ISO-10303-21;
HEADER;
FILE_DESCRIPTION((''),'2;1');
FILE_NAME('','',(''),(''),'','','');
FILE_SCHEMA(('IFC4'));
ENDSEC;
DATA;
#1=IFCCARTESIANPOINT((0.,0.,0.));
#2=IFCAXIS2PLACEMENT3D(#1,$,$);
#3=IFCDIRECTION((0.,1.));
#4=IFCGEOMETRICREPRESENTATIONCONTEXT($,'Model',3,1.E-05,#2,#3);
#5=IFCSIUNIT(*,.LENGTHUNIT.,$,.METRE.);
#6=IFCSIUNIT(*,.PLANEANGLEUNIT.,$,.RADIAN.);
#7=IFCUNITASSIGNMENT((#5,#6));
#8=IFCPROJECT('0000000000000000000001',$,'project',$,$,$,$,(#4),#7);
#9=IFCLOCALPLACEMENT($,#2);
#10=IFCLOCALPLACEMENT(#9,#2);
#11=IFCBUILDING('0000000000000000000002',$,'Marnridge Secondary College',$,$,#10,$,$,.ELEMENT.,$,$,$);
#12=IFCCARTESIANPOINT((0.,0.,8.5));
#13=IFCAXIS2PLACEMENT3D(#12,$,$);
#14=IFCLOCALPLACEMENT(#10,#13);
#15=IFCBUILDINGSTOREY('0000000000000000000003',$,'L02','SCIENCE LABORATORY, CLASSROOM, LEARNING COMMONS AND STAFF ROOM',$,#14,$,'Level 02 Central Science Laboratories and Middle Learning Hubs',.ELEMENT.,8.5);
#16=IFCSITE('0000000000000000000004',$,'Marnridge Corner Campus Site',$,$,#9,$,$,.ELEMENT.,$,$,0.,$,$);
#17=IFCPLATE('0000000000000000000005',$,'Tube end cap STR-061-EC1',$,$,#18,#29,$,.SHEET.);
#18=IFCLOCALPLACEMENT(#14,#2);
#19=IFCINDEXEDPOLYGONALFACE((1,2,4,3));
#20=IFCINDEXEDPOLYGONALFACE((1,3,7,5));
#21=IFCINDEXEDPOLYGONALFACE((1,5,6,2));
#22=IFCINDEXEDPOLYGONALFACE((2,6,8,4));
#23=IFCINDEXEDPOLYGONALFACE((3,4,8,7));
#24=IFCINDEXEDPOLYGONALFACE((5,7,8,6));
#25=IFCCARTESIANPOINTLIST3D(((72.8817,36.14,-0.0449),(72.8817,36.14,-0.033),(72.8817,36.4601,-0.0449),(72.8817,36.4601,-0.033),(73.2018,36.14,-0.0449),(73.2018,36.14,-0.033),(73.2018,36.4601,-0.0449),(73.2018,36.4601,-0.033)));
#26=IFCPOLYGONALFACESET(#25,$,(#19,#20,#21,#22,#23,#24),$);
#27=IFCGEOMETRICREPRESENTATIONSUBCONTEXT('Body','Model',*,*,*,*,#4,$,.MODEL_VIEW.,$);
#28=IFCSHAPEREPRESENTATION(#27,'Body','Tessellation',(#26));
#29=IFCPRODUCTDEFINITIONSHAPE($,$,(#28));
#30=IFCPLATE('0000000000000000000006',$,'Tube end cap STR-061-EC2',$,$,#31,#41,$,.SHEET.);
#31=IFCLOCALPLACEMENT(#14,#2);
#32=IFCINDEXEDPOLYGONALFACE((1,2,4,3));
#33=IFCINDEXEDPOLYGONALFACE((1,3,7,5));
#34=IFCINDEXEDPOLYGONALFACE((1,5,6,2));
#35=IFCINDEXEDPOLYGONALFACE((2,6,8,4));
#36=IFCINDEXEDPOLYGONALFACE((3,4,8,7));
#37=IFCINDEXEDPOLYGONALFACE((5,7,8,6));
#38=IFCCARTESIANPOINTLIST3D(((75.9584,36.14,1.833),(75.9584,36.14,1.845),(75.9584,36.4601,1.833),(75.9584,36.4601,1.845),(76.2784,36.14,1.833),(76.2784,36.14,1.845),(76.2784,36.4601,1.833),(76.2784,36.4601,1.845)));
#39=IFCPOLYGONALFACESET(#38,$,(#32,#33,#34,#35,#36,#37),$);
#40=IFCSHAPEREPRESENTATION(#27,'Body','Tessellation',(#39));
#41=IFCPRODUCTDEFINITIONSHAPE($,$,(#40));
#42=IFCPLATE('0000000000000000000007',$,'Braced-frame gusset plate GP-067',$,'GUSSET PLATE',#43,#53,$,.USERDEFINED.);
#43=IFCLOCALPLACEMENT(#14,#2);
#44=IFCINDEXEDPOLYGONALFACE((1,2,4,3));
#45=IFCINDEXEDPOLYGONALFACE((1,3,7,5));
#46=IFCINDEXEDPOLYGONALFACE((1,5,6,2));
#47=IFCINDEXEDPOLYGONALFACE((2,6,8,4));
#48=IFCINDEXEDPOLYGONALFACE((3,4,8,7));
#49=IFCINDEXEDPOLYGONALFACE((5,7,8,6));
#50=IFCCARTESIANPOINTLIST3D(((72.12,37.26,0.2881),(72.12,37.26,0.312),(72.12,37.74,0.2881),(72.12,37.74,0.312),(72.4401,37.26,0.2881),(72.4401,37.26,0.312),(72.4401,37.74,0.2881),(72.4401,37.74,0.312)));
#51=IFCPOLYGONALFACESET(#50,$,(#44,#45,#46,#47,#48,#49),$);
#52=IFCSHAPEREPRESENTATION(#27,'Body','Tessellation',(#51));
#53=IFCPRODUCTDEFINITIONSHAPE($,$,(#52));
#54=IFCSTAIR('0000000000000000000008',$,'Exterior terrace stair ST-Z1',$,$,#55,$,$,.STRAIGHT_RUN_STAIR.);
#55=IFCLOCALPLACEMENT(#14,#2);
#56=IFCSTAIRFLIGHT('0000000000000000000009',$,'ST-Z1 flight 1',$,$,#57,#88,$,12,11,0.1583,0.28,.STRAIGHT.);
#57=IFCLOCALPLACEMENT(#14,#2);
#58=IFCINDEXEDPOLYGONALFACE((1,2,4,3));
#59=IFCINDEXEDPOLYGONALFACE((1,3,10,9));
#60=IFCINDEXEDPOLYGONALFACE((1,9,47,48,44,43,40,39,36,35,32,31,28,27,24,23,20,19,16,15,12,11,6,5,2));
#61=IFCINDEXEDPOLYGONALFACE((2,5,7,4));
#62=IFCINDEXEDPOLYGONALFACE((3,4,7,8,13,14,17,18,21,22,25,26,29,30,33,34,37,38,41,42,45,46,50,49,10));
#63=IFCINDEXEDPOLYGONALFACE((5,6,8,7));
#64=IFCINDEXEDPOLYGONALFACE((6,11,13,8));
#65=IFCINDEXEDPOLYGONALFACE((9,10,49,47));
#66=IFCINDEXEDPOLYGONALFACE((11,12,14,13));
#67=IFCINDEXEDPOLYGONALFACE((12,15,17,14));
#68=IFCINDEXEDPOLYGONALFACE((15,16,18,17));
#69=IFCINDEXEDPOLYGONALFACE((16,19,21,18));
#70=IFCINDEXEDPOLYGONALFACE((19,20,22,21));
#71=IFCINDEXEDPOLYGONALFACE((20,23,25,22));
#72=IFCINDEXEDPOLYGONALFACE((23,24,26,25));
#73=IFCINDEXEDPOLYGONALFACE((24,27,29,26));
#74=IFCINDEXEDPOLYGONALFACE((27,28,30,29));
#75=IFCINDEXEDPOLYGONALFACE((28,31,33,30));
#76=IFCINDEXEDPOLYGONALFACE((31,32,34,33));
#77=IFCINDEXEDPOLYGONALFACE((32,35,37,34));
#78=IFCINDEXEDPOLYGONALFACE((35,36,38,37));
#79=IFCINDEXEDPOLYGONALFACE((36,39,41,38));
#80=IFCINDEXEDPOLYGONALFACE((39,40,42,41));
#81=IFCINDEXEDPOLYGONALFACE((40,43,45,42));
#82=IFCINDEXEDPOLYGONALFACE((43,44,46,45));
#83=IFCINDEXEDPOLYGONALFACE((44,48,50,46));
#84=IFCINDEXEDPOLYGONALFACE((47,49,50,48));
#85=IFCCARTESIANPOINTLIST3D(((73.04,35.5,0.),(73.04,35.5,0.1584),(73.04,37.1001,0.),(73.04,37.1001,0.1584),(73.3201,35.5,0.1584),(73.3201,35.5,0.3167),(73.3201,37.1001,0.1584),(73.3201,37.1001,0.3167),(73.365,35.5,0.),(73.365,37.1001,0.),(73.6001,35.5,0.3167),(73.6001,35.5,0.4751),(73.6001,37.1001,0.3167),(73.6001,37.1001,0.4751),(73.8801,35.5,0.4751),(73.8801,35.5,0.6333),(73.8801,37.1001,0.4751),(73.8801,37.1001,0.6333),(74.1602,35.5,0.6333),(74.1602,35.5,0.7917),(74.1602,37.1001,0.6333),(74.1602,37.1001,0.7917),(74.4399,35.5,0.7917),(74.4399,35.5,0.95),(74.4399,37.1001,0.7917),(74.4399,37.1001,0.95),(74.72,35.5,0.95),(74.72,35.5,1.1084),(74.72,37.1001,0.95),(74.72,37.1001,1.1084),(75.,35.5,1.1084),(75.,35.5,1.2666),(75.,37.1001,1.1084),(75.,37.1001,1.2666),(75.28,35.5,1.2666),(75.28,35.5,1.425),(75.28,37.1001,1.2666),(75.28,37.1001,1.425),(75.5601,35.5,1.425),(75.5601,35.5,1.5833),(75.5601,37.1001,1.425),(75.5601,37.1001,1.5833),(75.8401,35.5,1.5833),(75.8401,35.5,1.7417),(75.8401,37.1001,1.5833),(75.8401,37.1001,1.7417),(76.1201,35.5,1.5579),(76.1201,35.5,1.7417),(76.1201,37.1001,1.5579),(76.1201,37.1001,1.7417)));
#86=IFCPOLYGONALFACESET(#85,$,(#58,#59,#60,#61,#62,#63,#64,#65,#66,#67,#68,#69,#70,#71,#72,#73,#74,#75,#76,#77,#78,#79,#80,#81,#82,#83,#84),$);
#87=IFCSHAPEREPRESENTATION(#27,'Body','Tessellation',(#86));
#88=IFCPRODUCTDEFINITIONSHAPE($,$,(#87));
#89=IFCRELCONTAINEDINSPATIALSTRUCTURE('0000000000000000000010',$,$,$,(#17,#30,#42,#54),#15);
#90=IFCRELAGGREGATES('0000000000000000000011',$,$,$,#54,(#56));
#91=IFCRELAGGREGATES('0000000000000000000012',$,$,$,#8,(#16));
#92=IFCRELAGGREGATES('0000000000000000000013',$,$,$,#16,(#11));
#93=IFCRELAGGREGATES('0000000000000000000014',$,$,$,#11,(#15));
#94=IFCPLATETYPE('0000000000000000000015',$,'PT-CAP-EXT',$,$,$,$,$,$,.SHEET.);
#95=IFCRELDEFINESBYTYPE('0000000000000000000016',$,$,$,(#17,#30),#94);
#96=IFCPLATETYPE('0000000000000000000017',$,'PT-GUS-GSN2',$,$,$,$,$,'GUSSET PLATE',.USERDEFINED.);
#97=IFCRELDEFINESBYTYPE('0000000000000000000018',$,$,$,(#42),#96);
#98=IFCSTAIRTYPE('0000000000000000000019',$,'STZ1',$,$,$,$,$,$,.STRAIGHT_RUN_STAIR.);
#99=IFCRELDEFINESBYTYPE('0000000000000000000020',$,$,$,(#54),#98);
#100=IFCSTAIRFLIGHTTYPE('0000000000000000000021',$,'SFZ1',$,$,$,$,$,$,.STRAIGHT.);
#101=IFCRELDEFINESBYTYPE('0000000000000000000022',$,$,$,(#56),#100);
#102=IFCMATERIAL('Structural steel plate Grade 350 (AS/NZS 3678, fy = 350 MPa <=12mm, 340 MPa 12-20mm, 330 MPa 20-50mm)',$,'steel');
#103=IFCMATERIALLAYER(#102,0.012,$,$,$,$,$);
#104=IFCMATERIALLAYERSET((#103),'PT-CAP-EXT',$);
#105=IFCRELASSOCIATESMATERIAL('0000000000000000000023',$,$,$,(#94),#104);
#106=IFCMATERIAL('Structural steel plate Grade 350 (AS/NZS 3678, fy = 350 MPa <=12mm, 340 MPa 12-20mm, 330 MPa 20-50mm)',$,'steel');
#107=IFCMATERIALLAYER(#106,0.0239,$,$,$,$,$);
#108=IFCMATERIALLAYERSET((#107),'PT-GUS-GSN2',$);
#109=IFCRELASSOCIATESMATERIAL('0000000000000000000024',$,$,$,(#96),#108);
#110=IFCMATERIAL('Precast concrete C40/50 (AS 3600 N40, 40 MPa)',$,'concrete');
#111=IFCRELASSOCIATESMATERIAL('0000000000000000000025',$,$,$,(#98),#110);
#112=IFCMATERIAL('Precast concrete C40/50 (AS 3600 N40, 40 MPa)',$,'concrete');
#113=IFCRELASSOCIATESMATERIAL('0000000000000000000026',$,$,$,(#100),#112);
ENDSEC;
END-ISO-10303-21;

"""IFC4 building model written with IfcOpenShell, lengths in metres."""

from ifc_helpers import new_model, si_unit, direction, frame, origin, origin_2d, place, context, subcontext, project, spatial, polyline, rectangle, outline, extrude, material, layer, layer_set, type_object, element, aggregate, save


model = new_model("IFC4")

# Units and contexts
model_context = context("Model", 3, precision=1e-05, world=origin(), true_north=direction((0.0, 1.0)))
body_context = subcontext(model_context, "Body", "Model", "MODEL_VIEW")
ifc_project = project(units=[si_unit("LENGTHUNIT", "METRE"), si_unit("PLANEANGLEUNIT", "RADIAN")], contexts=[model_context])

# Site, building, storey
site_placement = place(None, origin())
site = spatial("IfcSite", under=ifc_project, at=site_placement, Name="Marnridge Corner Campus Site", CompositionType="ELEMENT", RefElevation=0.0)
building_placement = place(site_placement, origin())
building = spatial("IfcBuilding", under=site, at=building_placement, Name="Marnridge Secondary College", CompositionType="ELEMENT")
storey_placement = place(building_placement, frame((0.0, 0.0, 8.5)))
storey = spatial("IfcBuildingStorey", under=building, at=storey_placement, Name="L02", Description="SCIENCE LABORATORY, CLASSROOM, LEARNING COMMONS AND STAFF ROOM", LongName="Level 02 Central Science Laboratories and Middle Learning Hubs", CompositionType="ELEMENT", Elevation=8.5)

# Plates
ifc_material_1 = material(Name="Structural steel plate Grade 350 (AS/NZS 3678, fy = 350 MPa <=12mm, 340 MPa 12-20mm, 330 MPa 20-50mm)", Category="steel")
ifc_layer_1 = layer(ifc_material_1, 0.012)
ifc_layer_set_1 = layer_set([ifc_layer_1], Name="PT-CAP-EXT")
plate_type_1 = type_object("IfcPlateType", Name="PT-CAP-EXT", PredefinedType="SHEET", material=ifc_layer_set_1)
for number, where, z_axis, x_axis, name in (
    (1, (73.0417, 36.3, -0.0449), (0.0, 0.0, 1.0), (1.0, 0.0, 0.0), "Tube end cap STR-061-EC1"),
    (2, (76.1184, 36.3, 1.833), (0.0, 0.0, 1.0), (1.0, 0.0, 0.0), "Tube end cap STR-061-EC2"),
):
    element("IfcPlate", number, at=place(storey_placement, frame(where, z_axis=z_axis, x_axis=x_axis)), inside=storey, type_object=plate_type_1, Name=name, PredefinedType="SHEET", context=body_context, shape_type="SweptSolid", body=[
        extrude(rectangle(XDim=0.3201, YDim=0.3201, at=origin_2d()), origin(), (0.0, 0.0, 1.0), 0.012),
    ])
ifc_material_2 = material(Name="Structural steel plate Grade 350 (AS/NZS 3678, fy = 350 MPa <=12mm, 340 MPa 12-20mm, 330 MPa 20-50mm)", Category="steel")
ifc_layer_2 = layer(ifc_material_2, 0.0239)
ifc_layer_set_2 = layer_set([ifc_layer_2], Name="PT-GUS-GSN2")
plate_type_2 = type_object("IfcPlateType", Name="PT-GUS-GSN2", ElementType="GUSSET PLATE", PredefinedType="USERDEFINED", material=ifc_layer_set_2)
plate_1_placement = place(storey_placement, frame((72.28, 37.5, 0.2881), z_axis=(0.0, 0.0, 1.0), x_axis=(0.0, 1.0, 0.0)))
element("IfcPlate", 3, at=plate_1_placement, inside=storey, type_object=plate_type_2, Name="Braced-frame gusset plate GP-067", ObjectType="GUSSET PLATE", PredefinedType="USERDEFINED", context=body_context, shape_type="SweptSolid", body=[
    extrude(rectangle(XDim=0.48, YDim=0.3201, at=origin_2d()), origin(), (0.0, 0.0, 1.0), 0.0239),
])

# Stair, stair flight
ifc_material_3 = material(Name="Precast concrete C40/50 (AS 3600 N40, 40 MPa)", Category="concrete")
stair_type = type_object("IfcStairType", Name="STZ1", PredefinedType="STRAIGHT_RUN_STAIR", material=ifc_material_3)
stair_placement = place(storey_placement, origin())
stair = element("IfcStair", 4, at=stair_placement, inside=storey, type_object=stair_type, Name="Exterior terrace stair ST-Z1", PredefinedType="STRAIGHT_RUN_STAIR")
ifc_material_4 = material(Name="Precast concrete C40/50 (AS 3600 N40, 40 MPa)", Category="concrete")
stair_flight_type = type_object("IfcStairFlightType", Name="SFZ1", PredefinedType="STRAIGHT", material=ifc_material_4)
stair_flight_placement = place(storey_placement, frame((73.04, 36.3, 0.0), z_axis=(0.0, 0.0, 1.0), x_axis=(1.0, 0.0, 0.0)))
stair_flight = element("IfcStairFlight", 5, at=stair_flight_placement, type_object=stair_flight_type, Name="ST-Z1 flight 1", NumberOfRisers=12, NumberOfTreads=11, PredefinedType="STRAIGHT", RiserHeight=0.1583, TreadLength=0.28, context=body_context, shape_type="SweptSolid", body=[
    extrude(outline(polyline([(0.0, 0.0), (0.0, 0.1584), (0.28, 0.1584), (0.28, 0.3167), (0.5601, 0.3167), (0.5601, 0.4751), (0.8401, 0.4751), (0.8401, 0.6333), (1.1201, 0.6333), (1.1201, 0.7917), (1.3999, 0.7917), (1.3999, 0.95), (1.6799, 0.95), (1.6799, 1.1084), (1.96, 1.1084), (1.96, 1.2666), (2.24, 1.2666), (2.24, 1.425), (2.52, 1.425), (2.52, 1.5833), (2.8, 1.5833), (2.8, 1.7417), (3.0801, 1.7417), (3.0801, 1.8999), (3.0801, 1.5579), (0.325, 0.0), (0.0, 0.0)])), frame((0.0, 0.8, 0.0), z_axis=(0.0, -1.0, 0.0), x_axis=(1.0, 0.0, 0.0)), (0.0, 0.0, 1.0), 1.6001),
])
aggregate(stair, [stair_flight])

save(model, "model.ifc")
